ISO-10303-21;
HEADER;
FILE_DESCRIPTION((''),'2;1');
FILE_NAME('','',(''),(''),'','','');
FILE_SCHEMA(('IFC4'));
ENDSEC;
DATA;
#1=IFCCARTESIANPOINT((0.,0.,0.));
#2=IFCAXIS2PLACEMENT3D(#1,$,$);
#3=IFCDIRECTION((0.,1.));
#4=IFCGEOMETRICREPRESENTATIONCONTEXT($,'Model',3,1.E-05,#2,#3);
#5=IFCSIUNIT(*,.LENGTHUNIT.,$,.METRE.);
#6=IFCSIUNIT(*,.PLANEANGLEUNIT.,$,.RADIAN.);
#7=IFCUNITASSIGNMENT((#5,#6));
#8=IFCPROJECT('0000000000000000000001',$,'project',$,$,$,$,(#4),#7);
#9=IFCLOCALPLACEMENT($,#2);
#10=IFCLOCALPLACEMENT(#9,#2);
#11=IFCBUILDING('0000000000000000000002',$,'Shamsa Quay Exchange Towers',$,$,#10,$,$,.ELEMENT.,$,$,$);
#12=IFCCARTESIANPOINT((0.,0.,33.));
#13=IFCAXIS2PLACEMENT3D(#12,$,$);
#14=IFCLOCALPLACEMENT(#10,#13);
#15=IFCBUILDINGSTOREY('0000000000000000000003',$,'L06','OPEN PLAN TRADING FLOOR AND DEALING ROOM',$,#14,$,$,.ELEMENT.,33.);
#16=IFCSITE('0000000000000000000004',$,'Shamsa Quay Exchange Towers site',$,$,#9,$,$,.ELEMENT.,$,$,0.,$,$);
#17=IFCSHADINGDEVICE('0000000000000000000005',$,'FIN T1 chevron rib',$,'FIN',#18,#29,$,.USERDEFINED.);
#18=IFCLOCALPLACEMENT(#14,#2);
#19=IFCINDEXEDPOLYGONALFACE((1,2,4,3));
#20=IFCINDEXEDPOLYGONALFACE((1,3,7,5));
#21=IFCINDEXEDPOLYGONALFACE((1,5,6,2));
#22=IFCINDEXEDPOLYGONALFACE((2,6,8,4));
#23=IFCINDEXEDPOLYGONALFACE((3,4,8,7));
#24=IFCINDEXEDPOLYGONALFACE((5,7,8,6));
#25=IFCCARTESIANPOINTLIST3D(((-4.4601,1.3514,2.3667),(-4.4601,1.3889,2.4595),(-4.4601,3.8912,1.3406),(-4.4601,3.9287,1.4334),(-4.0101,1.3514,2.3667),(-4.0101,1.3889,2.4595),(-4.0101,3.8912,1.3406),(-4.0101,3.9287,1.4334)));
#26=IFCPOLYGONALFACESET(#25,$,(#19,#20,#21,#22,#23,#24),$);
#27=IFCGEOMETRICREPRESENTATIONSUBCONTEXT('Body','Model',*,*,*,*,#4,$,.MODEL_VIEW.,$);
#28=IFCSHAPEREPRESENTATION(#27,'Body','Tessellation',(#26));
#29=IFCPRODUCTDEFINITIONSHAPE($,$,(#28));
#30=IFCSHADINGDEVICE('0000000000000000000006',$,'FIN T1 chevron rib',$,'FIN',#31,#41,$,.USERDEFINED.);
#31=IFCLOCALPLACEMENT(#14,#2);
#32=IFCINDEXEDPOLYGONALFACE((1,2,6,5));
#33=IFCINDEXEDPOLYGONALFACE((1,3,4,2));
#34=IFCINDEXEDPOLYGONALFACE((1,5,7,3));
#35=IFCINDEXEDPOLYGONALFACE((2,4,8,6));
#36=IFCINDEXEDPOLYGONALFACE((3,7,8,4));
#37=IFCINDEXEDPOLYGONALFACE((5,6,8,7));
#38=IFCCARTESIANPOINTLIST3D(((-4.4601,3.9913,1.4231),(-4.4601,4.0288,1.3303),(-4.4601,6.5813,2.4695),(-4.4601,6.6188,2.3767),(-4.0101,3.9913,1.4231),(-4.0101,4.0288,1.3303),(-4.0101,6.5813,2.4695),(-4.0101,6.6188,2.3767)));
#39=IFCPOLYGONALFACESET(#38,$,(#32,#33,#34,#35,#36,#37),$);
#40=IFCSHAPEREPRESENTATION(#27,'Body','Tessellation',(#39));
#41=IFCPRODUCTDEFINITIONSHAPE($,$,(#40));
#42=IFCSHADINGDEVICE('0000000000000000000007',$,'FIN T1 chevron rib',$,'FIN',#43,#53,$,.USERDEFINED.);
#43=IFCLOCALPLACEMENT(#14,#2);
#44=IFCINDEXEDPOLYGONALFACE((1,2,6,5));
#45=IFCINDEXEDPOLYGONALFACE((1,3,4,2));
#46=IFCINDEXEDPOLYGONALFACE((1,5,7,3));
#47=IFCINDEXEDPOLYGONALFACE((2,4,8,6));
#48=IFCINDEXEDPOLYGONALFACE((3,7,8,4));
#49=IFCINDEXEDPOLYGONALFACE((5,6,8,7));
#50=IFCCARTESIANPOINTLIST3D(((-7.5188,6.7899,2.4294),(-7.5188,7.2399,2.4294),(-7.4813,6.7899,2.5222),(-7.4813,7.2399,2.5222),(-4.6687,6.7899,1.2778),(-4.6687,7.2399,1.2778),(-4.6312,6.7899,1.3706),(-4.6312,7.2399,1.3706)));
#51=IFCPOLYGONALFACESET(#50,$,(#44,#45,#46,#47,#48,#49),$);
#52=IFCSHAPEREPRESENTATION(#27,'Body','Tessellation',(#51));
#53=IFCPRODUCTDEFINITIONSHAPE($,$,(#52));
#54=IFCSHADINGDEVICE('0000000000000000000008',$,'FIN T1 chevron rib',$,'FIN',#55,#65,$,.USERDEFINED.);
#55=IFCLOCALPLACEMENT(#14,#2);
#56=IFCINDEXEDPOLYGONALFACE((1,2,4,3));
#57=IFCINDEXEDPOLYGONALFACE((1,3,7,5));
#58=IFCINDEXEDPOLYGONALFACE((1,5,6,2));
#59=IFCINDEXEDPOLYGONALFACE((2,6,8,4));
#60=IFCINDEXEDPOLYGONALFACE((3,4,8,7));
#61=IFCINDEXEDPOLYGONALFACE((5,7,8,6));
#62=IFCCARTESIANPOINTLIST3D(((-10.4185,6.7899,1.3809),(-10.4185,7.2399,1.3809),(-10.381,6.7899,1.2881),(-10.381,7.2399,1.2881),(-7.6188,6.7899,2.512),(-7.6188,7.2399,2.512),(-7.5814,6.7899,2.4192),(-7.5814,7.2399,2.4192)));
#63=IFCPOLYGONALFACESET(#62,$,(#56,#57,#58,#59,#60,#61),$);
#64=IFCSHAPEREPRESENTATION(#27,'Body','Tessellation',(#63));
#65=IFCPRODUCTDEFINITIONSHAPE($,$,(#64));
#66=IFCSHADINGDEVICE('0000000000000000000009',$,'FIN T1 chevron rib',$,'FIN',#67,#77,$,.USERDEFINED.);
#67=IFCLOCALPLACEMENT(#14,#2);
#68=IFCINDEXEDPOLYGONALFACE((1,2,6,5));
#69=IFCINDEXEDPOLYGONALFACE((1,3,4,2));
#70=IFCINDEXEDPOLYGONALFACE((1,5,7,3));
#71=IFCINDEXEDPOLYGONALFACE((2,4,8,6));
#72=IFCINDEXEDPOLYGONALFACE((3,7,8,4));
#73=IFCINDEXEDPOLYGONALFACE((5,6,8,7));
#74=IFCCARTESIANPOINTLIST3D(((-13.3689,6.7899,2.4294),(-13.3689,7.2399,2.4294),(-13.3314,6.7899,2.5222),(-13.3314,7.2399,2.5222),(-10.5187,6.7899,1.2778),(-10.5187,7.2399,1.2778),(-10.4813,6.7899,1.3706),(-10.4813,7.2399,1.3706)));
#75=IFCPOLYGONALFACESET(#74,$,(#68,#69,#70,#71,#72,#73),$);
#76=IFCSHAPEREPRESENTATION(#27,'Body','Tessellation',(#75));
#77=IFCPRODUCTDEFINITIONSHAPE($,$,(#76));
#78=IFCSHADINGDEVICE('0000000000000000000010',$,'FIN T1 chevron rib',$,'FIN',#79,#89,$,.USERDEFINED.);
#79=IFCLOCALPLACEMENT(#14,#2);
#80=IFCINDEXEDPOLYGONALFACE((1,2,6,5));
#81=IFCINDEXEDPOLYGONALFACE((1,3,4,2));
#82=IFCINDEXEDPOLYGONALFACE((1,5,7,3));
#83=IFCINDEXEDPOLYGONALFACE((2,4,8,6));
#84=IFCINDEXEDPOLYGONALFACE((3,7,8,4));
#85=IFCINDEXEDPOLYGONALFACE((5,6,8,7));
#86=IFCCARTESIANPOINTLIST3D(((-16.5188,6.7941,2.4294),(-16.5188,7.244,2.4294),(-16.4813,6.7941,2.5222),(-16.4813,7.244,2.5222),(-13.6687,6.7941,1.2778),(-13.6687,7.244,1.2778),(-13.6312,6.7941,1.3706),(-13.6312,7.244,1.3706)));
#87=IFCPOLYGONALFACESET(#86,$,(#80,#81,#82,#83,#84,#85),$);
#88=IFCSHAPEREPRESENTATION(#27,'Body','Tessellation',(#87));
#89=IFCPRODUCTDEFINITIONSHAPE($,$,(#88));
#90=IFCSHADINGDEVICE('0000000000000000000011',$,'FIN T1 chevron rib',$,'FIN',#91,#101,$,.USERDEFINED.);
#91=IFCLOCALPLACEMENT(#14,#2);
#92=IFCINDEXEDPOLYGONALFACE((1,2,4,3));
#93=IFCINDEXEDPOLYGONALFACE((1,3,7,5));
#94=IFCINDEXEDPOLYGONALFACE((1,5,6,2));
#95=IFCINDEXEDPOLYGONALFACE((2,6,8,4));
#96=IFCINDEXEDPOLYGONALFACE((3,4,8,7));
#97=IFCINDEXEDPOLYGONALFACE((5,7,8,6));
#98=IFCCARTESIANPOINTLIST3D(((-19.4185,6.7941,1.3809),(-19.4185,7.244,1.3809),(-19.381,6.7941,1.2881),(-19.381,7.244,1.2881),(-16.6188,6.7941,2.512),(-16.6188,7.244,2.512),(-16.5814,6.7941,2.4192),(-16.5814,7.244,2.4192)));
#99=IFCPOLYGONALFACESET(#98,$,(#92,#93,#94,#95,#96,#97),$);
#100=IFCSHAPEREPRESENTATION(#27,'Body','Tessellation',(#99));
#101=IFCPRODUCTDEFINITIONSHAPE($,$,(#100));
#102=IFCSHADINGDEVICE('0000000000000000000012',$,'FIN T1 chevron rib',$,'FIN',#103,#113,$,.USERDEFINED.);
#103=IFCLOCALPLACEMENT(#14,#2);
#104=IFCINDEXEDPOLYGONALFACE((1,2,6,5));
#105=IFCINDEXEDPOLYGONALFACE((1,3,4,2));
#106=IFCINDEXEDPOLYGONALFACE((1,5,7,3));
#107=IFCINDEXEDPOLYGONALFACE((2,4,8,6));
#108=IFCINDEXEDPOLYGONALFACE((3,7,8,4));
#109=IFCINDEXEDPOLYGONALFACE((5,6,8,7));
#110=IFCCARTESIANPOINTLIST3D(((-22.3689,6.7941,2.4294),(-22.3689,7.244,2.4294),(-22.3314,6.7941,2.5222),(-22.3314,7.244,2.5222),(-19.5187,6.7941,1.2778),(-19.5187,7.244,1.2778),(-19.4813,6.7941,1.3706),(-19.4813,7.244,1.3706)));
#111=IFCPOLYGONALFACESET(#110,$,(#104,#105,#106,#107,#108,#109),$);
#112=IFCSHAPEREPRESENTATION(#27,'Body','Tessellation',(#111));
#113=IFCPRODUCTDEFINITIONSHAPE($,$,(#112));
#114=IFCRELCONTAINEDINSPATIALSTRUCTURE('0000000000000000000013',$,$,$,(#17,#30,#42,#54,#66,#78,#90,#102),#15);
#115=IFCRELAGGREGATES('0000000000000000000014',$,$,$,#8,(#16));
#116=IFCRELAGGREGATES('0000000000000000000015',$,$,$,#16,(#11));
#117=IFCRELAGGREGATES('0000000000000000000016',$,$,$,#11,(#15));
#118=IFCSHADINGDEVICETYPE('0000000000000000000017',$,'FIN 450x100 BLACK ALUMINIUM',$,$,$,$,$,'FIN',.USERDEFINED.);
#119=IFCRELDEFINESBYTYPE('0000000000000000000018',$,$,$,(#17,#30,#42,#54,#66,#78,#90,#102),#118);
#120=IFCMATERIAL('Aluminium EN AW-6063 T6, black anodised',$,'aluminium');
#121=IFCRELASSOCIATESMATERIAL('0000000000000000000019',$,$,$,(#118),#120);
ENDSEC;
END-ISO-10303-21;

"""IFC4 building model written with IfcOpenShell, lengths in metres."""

from ifc_helpers import new_model, si_unit, direction, frame, origin, origin_2d, place, context, subcontext, project, spatial, rectangle, extrude, material, material_profile, profile_set, type_object, element, save


model = new_model("IFC4")

# Units and contexts
model_context = context("Model", 3, precision=1e-05, world=origin(), true_north=direction((0.0, 1.0)))
body_context = subcontext(model_context, "Body", "Model", "MODEL_VIEW")
ifc_project = project(units=[si_unit("LENGTHUNIT", "METRE"), si_unit("PLANEANGLEUNIT", "RADIAN")], contexts=[model_context])

# Site, building, storey
site_placement = place(None, origin())
site = spatial("IfcSite", under=ifc_project, at=site_placement, Name="Shamsa Quay Exchange Towers site", CompositionType="ELEMENT", RefElevation=0.0)
building_placement = place(site_placement, origin())
building = spatial("IfcBuilding", under=site, at=building_placement, Name="Shamsa Quay Exchange Towers", CompositionType="ELEMENT")
storey_placement = place(building_placement, frame((0.0, 0.0, 33.0)))
storey = spatial("IfcBuildingStorey", under=building, at=storey_placement, Name="L06", Description="OPEN PLAN TRADING FLOOR AND DEALING ROOM", CompositionType="ELEMENT", Elevation=33.0)

# Shared definitions
ifc_material_1 = material(Name="Aluminium EN AW-6063 T6, black anodised", Category="aluminium")

# Shading devices
ifc_material_profile_1 = material_profile(ifc_material_1, rectangle(XDim=0.45, YDim=0.1001, at=origin_2d()), Name="FIN450x100")
ifc_profile_set_1 = profile_set([ifc_material_profile_1], Name="Aluminium EN AW-6063 T6, black anodised")
shading_device_type = type_object("IfcShadingDeviceType", Name="FIN 450x100 BLACK ALUMINIUM", ElementType="FIN", PredefinedType="USERDEFINED", material=ifc_profile_set_1)
shading_device_1_placement = place(storey_placement, frame((-4.2351, 1.3701, 2.4131), z_axis=(0.0, 0.927186, -0.3746), x_axis=(-1.0, 0.0, 0.0)))
element("IfcShadingDevice", 1, at=shading_device_1_placement, inside=storey, type_object=shading_device_type, Name="FIN T1 chevron rib", ObjectType="FIN", PredefinedType="USERDEFINED", context=body_context, shape_type="SweptSolid", body=[
    extrude(rectangle(XDim=0.45, YDim=0.1001, at=origin_2d()), origin(), (0.0, 0.0, 1.0), 2.7393),
])
shading_device_2_placement = place(storey_placement, frame((-4.2351, 4.01, 1.3767), z_axis=(0.0, 0.927193, 0.374583), x_axis=(-1.0, 0.0, 0.0)))
element("IfcShadingDevice", 2, at=shading_device_2_placement, inside=storey, type_object=shading_device_type, Name="FIN T1 chevron rib", ObjectType="FIN", PredefinedType="USERDEFINED", context=body_context, shape_type="SweptSolid", body=[
    extrude(rectangle(XDim=0.45, YDim=0.1001, at=origin_2d()), origin(), (0.0, 0.0, 1.0), 2.7935),
])
shading_device_3_placement = place(storey_placement, frame((-4.6499, 7.0149, 1.3242), z_axis=(-0.927173, 0.0, 0.374634), x_axis=(0.0, -1.0, 0.0)))
element("IfcShadingDevice", 3, at=shading_device_3_placement, inside=storey, type_object=shading_device_type, Name="FIN T1 chevron rib", ObjectType="FIN", PredefinedType="USERDEFINED", context=body_context, shape_type="SweptSolid", body=[
    extrude(rectangle(XDim=0.45, YDim=0.1001, at=origin_2d()), origin(), (0.0, 0.0, 1.0), 3.074),
])
shading_device_4_placement = place(storey_placement, frame((-7.6001, 7.0149, 2.4656), z_axis=(-0.927194, 0.0, -0.374581), x_axis=(0.0, -1.0, 0.0)))
element("IfcShadingDevice", 4, at=shading_device_4_placement, inside=storey, type_object=shading_device_type, Name="FIN T1 chevron rib", ObjectType="FIN", PredefinedType="USERDEFINED", context=body_context, shape_type="SweptSolid", body=[
    extrude(rectangle(XDim=0.45, YDim=0.1001, at=origin_2d()), origin(), (0.0, 0.0, 1.0), 3.0195),
])
for number, where, z_axis, x_axis, name in (
    (5, (-10.5, 7.0149, 1.3242), (-0.927173, 0.0, 0.374634), (0.0, -1.0, 0.0), "FIN T1 chevron rib"),
    (6, (-13.6499, 7.019, 1.3242), (-0.927173, 0.0, 0.374634), (0.0, -1.0, 0.0), "FIN T1 chevron rib"),
):
    element("IfcShadingDevice", number, at=place(storey_placement, frame(where, z_axis=z_axis, x_axis=x_axis)), inside=storey, type_object=shading_device_type, Name=name, ObjectType="FIN", PredefinedType="USERDEFINED", context=body_context, shape_type="SweptSolid", body=[
        extrude(rectangle(XDim=0.45, YDim=0.1001, at=origin_2d()), origin(), (0.0, 0.0, 1.0), 3.074),
    ])
shading_device_5_placement = place(storey_placement, frame((-16.6001, 7.019, 2.4656), z_axis=(-0.927194, 0.0, -0.374581), x_axis=(0.0, -1.0, 0.0)))
element("IfcShadingDevice", 7, at=shading_device_5_placement, inside=storey, type_object=shading_device_type, Name="FIN T1 chevron rib", ObjectType="FIN", PredefinedType="USERDEFINED", context=body_context, shape_type="SweptSolid", body=[
    extrude(rectangle(XDim=0.45, YDim=0.1001, at=origin_2d()), origin(), (0.0, 0.0, 1.0), 3.0195),
])
shading_device_6_placement = place(storey_placement, frame((-19.5, 7.019, 1.3242), z_axis=(-0.927173, 0.0, 0.374634), x_axis=(0.0, -1.0, 0.0)))
element("IfcShadingDevice", 8, at=shading_device_6_placement, inside=storey, type_object=shading_device_type, Name="FIN T1 chevron rib", ObjectType="FIN", PredefinedType="USERDEFINED", context=body_context, shape_type="SweptSolid", body=[
    extrude(rectangle(XDim=0.45, YDim=0.1001, at=origin_2d()), origin(), (0.0, 0.0, 1.0), 3.074),
])

save(model, "model.ifc")
